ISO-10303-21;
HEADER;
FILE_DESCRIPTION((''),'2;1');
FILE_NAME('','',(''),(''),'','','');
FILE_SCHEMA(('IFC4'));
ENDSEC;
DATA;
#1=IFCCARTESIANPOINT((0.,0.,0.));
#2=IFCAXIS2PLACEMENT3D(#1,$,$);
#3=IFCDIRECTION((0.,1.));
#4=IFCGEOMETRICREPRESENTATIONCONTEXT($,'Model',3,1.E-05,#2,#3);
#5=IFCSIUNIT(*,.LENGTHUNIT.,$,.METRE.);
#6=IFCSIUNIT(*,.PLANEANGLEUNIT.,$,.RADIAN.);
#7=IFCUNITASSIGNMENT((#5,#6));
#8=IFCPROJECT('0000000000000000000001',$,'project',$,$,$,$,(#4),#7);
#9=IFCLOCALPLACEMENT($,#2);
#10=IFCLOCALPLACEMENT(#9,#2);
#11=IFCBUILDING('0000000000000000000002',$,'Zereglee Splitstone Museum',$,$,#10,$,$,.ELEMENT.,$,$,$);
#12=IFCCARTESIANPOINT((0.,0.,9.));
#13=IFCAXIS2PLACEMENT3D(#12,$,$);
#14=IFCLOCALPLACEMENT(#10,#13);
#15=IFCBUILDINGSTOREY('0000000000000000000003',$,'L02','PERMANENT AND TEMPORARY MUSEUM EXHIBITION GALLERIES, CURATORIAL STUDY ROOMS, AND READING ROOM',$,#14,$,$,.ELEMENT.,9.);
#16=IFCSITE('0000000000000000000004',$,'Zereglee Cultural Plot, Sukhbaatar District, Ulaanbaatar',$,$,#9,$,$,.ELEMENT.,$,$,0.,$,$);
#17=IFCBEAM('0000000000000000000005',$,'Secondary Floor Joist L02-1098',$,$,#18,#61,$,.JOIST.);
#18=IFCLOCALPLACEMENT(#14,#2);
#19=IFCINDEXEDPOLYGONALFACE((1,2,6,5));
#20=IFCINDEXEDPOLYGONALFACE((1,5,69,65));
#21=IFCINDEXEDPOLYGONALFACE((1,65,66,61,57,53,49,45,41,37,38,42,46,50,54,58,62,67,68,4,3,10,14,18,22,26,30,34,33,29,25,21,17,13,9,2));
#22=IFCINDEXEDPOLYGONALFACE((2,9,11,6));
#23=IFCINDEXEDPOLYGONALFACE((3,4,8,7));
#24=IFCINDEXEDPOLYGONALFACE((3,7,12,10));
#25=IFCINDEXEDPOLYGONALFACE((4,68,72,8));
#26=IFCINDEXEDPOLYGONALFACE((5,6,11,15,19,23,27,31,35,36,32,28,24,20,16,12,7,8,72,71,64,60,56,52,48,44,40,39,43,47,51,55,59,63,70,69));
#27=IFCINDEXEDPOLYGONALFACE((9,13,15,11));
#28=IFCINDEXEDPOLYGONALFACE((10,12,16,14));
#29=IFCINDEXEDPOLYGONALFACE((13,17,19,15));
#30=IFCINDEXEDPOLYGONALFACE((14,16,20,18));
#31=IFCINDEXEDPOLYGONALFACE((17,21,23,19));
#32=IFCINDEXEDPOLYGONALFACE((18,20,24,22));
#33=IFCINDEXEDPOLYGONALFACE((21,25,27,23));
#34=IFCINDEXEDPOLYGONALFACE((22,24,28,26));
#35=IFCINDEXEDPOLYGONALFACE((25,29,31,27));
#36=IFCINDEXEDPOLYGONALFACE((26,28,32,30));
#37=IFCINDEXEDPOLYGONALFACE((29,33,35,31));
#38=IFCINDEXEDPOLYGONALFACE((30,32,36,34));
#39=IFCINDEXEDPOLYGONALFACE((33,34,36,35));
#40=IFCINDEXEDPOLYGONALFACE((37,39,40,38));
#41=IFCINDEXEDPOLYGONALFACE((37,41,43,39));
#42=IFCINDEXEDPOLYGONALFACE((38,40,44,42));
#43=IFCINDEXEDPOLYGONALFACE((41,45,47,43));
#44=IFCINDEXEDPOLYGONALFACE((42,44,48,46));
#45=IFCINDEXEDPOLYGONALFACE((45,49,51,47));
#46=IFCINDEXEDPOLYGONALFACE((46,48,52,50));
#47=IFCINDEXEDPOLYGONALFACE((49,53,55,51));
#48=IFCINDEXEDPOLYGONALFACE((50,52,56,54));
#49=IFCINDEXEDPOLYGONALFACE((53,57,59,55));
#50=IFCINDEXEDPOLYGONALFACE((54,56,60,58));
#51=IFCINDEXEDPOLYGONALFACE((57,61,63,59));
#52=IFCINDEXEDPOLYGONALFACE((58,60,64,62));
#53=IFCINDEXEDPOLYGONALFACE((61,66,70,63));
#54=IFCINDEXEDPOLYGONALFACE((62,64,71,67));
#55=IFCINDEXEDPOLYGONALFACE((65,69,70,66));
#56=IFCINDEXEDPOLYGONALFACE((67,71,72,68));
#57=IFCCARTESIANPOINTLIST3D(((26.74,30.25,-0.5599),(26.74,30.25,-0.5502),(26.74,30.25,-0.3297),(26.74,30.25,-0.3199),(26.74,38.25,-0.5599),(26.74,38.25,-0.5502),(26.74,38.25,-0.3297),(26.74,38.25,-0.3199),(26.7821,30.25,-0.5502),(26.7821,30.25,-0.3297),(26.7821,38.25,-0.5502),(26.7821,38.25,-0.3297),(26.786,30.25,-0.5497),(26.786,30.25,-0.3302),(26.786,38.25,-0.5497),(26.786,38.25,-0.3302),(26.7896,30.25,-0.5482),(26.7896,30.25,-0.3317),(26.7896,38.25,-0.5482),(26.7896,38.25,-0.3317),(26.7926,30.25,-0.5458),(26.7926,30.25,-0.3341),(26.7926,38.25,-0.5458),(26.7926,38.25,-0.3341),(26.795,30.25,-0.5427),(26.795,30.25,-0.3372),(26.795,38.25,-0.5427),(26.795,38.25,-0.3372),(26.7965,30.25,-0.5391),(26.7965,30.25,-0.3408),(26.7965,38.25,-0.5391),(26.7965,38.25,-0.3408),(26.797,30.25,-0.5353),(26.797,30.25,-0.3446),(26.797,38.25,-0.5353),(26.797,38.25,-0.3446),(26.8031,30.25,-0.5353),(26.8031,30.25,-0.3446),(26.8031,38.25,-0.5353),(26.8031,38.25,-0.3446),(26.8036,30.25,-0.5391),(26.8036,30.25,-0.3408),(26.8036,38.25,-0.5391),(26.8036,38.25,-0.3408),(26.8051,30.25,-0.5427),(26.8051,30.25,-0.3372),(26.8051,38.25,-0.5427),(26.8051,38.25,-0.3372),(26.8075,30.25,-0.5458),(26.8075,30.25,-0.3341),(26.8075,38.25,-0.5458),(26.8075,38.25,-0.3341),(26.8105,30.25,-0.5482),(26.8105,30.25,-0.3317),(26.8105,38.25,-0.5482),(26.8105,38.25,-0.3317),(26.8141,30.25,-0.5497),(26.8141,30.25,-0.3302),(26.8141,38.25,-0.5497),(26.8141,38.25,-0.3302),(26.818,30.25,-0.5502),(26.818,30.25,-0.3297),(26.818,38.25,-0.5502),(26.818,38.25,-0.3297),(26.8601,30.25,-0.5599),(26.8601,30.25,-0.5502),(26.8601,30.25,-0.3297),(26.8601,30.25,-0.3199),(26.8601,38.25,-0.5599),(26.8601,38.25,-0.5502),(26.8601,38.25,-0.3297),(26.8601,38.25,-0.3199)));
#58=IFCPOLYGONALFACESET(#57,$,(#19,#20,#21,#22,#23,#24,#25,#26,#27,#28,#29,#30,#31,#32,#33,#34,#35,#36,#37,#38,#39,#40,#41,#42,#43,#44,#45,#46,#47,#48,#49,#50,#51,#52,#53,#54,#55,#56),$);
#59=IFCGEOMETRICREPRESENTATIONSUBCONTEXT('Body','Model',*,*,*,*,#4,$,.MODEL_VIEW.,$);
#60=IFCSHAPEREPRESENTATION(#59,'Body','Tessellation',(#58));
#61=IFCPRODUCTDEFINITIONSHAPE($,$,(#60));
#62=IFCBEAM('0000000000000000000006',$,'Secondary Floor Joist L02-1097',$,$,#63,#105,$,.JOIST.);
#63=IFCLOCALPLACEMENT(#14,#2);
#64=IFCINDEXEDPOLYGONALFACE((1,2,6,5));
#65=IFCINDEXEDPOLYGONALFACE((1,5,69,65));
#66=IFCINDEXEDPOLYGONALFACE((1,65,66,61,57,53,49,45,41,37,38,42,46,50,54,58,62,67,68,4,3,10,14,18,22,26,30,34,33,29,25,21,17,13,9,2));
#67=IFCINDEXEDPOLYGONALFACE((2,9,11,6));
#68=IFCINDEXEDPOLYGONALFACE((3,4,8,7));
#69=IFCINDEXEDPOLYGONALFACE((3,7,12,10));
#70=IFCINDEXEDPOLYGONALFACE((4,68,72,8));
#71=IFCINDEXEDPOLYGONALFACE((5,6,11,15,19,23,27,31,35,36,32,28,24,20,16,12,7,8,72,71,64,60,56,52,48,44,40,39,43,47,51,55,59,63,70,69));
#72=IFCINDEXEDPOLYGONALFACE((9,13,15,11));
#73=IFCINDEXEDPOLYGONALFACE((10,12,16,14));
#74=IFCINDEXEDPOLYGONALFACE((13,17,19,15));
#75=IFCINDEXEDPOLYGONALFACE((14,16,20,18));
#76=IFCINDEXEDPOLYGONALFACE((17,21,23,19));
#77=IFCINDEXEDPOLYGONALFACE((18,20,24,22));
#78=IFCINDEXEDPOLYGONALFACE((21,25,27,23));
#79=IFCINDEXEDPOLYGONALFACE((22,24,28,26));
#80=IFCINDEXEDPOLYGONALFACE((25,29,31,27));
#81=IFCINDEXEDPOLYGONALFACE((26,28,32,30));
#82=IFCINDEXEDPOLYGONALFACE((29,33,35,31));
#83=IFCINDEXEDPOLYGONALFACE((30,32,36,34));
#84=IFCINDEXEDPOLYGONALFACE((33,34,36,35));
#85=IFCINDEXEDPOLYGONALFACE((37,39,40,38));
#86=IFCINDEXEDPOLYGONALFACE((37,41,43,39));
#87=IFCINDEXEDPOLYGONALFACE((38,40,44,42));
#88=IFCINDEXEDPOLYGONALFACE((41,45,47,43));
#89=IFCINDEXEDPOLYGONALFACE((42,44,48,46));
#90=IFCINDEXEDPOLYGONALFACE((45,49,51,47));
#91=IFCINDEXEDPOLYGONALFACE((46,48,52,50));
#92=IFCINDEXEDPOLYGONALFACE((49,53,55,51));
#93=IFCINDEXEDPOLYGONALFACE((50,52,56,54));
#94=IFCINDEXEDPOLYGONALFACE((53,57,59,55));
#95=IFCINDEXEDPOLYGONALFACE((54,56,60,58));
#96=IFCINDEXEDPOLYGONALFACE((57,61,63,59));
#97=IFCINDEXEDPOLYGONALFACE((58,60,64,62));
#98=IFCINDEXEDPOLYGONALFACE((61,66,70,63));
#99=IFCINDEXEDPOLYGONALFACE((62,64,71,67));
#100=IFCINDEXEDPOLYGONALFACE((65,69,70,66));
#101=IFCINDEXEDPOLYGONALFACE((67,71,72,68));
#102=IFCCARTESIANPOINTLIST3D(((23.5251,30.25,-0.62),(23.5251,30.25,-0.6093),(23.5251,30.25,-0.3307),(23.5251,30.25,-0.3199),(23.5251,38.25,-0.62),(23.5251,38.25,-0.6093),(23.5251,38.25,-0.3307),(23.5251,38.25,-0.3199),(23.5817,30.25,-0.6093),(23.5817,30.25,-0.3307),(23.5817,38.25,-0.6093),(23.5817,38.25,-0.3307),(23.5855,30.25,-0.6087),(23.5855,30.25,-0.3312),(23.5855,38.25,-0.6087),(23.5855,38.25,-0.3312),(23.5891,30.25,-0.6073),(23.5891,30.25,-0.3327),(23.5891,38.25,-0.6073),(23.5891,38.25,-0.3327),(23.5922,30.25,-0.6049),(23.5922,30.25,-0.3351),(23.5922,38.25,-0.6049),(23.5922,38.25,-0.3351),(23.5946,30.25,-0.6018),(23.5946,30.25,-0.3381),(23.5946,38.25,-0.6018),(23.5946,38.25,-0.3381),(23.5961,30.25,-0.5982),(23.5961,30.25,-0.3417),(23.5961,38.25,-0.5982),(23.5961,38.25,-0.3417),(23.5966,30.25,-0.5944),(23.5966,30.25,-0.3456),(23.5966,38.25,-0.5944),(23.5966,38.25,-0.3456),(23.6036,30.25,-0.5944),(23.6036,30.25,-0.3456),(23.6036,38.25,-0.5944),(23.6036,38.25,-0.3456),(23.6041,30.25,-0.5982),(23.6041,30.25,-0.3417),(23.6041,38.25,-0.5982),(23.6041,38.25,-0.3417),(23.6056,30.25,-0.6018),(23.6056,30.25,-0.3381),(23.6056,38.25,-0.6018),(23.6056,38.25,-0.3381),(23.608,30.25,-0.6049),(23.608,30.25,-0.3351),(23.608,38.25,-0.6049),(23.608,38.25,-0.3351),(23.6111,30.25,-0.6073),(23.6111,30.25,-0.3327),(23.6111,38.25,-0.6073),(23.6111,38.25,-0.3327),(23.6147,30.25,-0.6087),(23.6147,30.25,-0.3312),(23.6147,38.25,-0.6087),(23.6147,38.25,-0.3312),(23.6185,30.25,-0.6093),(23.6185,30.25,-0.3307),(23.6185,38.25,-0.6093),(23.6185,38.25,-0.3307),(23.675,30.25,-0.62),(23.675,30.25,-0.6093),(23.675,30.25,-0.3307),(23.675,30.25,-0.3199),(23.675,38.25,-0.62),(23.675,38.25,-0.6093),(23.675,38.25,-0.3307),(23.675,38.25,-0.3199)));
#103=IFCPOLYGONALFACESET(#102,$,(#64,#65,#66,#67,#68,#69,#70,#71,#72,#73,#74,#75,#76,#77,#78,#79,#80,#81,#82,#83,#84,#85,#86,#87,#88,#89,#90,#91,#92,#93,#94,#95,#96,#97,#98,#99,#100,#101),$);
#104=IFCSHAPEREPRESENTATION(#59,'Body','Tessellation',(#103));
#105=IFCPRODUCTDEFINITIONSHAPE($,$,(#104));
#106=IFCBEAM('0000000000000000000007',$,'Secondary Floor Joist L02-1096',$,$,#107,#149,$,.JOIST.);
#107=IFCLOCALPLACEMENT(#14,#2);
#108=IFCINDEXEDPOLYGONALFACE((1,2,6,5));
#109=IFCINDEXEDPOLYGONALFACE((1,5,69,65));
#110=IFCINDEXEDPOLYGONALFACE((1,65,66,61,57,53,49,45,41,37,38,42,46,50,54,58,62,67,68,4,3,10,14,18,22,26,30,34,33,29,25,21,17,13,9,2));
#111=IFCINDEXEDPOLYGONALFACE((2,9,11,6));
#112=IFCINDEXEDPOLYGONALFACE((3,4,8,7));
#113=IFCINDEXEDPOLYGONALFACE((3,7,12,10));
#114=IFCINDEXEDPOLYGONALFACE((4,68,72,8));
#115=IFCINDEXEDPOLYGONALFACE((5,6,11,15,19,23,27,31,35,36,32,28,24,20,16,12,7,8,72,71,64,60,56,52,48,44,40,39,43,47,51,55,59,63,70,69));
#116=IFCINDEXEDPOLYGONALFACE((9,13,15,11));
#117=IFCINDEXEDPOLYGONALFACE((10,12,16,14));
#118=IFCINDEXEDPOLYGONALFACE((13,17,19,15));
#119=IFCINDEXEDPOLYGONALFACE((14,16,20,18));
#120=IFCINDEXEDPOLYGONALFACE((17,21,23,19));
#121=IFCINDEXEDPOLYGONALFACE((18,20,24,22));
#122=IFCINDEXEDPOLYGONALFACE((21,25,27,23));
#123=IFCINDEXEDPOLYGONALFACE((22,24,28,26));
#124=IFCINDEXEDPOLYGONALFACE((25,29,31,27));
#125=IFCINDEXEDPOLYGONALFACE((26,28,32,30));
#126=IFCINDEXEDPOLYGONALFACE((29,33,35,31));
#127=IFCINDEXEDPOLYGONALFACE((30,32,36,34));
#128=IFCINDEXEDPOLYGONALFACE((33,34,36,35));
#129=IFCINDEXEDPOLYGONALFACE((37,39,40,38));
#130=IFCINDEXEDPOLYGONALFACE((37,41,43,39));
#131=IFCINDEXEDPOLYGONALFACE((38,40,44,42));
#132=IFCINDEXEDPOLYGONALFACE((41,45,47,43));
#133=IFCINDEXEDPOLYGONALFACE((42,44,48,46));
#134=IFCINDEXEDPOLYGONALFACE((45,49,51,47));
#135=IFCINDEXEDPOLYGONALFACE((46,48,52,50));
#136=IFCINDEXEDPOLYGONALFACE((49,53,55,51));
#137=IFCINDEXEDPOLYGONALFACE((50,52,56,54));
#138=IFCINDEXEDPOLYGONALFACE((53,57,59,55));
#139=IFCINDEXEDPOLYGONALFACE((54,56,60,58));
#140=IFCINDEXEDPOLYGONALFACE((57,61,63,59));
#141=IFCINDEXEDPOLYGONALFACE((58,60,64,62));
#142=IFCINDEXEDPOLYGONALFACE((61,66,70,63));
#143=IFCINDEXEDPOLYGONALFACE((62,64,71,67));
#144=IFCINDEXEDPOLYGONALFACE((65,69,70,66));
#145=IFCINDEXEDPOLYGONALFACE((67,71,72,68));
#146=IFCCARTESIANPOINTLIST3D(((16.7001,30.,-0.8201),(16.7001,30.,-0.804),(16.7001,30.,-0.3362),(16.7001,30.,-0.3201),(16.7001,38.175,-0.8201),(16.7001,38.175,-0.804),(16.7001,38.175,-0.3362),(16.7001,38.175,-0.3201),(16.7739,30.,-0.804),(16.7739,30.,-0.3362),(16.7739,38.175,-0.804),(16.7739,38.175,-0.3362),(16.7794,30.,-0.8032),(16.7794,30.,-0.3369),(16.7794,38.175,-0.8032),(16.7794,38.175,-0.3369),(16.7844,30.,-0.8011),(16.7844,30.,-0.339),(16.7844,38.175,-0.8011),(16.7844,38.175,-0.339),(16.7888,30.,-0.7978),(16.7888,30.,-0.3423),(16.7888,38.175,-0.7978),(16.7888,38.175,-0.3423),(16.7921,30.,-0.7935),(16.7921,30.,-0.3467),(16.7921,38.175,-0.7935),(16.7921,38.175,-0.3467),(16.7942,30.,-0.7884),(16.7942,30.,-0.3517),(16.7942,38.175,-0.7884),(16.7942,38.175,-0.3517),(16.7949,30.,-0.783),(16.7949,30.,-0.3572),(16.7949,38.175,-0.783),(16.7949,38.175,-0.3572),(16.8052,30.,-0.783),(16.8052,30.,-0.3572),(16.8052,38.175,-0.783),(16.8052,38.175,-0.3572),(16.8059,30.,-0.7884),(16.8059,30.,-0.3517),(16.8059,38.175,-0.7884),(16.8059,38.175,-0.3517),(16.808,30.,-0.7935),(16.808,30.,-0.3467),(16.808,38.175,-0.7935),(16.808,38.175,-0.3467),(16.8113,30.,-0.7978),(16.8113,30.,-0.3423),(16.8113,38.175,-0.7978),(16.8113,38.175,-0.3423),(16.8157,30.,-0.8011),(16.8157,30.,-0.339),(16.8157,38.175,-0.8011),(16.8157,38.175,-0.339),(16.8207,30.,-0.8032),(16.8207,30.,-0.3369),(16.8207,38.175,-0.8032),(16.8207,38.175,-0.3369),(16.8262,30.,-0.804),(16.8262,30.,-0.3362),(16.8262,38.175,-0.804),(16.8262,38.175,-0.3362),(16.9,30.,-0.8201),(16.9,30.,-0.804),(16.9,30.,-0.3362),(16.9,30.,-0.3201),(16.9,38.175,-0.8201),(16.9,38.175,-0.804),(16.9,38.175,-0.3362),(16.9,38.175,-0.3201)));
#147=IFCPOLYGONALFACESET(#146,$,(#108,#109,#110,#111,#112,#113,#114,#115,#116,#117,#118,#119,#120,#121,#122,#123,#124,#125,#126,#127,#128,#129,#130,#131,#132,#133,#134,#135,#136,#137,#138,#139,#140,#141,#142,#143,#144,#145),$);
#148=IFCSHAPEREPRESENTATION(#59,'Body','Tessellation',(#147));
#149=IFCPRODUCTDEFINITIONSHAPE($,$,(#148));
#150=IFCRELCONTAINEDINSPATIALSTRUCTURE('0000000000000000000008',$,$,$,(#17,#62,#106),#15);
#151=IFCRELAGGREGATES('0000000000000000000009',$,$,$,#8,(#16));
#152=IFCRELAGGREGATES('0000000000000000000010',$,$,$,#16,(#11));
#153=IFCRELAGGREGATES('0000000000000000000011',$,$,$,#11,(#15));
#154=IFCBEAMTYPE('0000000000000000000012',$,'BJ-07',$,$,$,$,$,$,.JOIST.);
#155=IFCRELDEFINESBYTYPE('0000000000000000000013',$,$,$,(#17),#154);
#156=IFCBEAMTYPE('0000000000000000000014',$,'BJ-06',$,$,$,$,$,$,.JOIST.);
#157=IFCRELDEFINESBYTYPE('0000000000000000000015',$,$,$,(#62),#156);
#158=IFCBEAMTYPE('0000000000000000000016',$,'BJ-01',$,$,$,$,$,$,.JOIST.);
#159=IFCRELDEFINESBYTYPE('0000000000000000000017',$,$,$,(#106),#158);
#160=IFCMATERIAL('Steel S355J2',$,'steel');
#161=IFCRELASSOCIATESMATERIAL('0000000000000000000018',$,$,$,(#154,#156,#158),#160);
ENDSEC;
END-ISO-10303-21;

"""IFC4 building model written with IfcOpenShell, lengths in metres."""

from ifc_helpers import new_model, si_unit, direction, frame, origin, origin_2d, place, context, subcontext, project, spatial, i_section, extrude, material, material_profile, profile_set, type_object, element, save


model = new_model("IFC4")

# Units and contexts
model_context = context("Model", 3, precision=1e-05, world=origin(), true_north=direction((0.0, 1.0)))
body_context = subcontext(model_context, "Body", "Model", "MODEL_VIEW")
ifc_project = project(units=[si_unit("LENGTHUNIT", "METRE"), si_unit("PLANEANGLEUNIT", "RADIAN")], contexts=[model_context])

# Site, building, storey
site_placement = place(None, origin())
site = spatial("IfcSite", under=ifc_project, at=site_placement, Name="Zereglee Cultural Plot, Sukhbaatar District, Ulaanbaatar", CompositionType="ELEMENT", RefElevation=0.0)
building_placement = place(site_placement, origin())
building = spatial("IfcBuilding", under=site, at=building_placement, Name="Zereglee Splitstone Museum", CompositionType="ELEMENT")
storey_placement = place(building_placement, frame((0.0, 0.0, 9.0)))
storey = spatial("IfcBuildingStorey", under=building, at=storey_placement, Name="L02", Description="PERMANENT AND TEMPORARY MUSEUM EXHIBITION GALLERIES, CURATORIAL STUDY ROOMS, AND READING ROOM", CompositionType="ELEMENT", Elevation=9.0)

# Shared definitions
ifc_material_1 = material(Name="Steel S355J2", Category="steel")

# Beams
ifc_material_profile_1 = material_profile(ifc_material_1, i_section(OverallWidth=0.1201, OverallDepth=0.24, WebThickness=0.0061, FlangeThickness=0.0098, FilletRadius=0.0149, at=origin_2d()), Name="IPE 240")
ifc_profile_set_1 = profile_set([ifc_material_profile_1], Name="Steel S355J2")
beam_type_1 = type_object("IfcBeamType", Name="BJ-07", PredefinedType="JOIST", material=ifc_profile_set_1)
beam_1_placement = place(storey_placement, frame((26.8, 30.25, -0.4399), z_axis=(0.0, 1.0, 0.0), x_axis=(-1.0, 0.0, 0.0)))
element("IfcBeam", 1, at=beam_1_placement, inside=storey, type_object=beam_type_1, Name="Secondary Floor Joist L02-1098", PredefinedType="JOIST", context=body_context, shape_type="SweptSolid", body=[
    extrude(i_section(OverallWidth=0.1201, OverallDepth=0.24, WebThickness=0.0061, FlangeThickness=0.0098, FilletRadius=0.0149, at=origin_2d()), origin(), (0.0, 0.0, 1.0), 8.0),
])
ifc_material_profile_2 = material_profile(ifc_material_1, i_section(OverallWidth=0.1499, OverallDepth=0.3, WebThickness=0.0071, FlangeThickness=0.0107, FilletRadius=0.0149, at=origin_2d()), Name="IPE 300")
ifc_profile_set_2 = profile_set([ifc_material_profile_2], Name="Steel S355J2")
beam_type_2 = type_object("IfcBeamType", Name="BJ-06", PredefinedType="JOIST", material=ifc_profile_set_2)
beam_2_placement = place(storey_placement, frame((23.6001, 30.25, -0.47), z_axis=(0.0, 1.0, 0.0), x_axis=(-1.0, 0.0, 0.0)))
element("IfcBeam", 2, at=beam_2_placement, inside=storey, type_object=beam_type_2, Name="Secondary Floor Joist L02-1097", PredefinedType="JOIST", context=body_context, shape_type="SweptSolid", body=[
    extrude(i_section(OverallWidth=0.1499, OverallDepth=0.3, WebThickness=0.0071, FlangeThickness=0.0107, FilletRadius=0.0149, at=origin_2d()), origin(), (0.0, 0.0, 1.0), 8.0),
])
ifc_material_profile_3 = material_profile(ifc_material_1, i_section(OverallWidth=0.2, OverallDepth=0.5, WebThickness=0.0103, FlangeThickness=0.0161, FilletRadius=0.021, at=origin_2d()), Name="IPE 500")
ifc_profile_set_3 = profile_set([ifc_material_profile_3], Name="Steel S355J2")
beam_type_3 = type_object("IfcBeamType", Name="BJ-01", PredefinedType="JOIST", material=ifc_profile_set_3)
beam_3_placement = place(storey_placement, frame((16.8, 30.0, -0.5701), z_axis=(0.0, 1.0, 0.0), x_axis=(-1.0, 0.0, 0.0)))
element("IfcBeam", 3, at=beam_3_placement, inside=storey, type_object=beam_type_3, Name="Secondary Floor Joist L02-1096", PredefinedType="JOIST", context=body_context, shape_type="SweptSolid", body=[
    extrude(i_section(OverallWidth=0.2, OverallDepth=0.5, WebThickness=0.0103, FlangeThickness=0.0161, FilletRadius=0.021, at=origin_2d()), origin(), (0.0, 0.0, 1.0), 8.175),
])

save(model, "model.ifc")
